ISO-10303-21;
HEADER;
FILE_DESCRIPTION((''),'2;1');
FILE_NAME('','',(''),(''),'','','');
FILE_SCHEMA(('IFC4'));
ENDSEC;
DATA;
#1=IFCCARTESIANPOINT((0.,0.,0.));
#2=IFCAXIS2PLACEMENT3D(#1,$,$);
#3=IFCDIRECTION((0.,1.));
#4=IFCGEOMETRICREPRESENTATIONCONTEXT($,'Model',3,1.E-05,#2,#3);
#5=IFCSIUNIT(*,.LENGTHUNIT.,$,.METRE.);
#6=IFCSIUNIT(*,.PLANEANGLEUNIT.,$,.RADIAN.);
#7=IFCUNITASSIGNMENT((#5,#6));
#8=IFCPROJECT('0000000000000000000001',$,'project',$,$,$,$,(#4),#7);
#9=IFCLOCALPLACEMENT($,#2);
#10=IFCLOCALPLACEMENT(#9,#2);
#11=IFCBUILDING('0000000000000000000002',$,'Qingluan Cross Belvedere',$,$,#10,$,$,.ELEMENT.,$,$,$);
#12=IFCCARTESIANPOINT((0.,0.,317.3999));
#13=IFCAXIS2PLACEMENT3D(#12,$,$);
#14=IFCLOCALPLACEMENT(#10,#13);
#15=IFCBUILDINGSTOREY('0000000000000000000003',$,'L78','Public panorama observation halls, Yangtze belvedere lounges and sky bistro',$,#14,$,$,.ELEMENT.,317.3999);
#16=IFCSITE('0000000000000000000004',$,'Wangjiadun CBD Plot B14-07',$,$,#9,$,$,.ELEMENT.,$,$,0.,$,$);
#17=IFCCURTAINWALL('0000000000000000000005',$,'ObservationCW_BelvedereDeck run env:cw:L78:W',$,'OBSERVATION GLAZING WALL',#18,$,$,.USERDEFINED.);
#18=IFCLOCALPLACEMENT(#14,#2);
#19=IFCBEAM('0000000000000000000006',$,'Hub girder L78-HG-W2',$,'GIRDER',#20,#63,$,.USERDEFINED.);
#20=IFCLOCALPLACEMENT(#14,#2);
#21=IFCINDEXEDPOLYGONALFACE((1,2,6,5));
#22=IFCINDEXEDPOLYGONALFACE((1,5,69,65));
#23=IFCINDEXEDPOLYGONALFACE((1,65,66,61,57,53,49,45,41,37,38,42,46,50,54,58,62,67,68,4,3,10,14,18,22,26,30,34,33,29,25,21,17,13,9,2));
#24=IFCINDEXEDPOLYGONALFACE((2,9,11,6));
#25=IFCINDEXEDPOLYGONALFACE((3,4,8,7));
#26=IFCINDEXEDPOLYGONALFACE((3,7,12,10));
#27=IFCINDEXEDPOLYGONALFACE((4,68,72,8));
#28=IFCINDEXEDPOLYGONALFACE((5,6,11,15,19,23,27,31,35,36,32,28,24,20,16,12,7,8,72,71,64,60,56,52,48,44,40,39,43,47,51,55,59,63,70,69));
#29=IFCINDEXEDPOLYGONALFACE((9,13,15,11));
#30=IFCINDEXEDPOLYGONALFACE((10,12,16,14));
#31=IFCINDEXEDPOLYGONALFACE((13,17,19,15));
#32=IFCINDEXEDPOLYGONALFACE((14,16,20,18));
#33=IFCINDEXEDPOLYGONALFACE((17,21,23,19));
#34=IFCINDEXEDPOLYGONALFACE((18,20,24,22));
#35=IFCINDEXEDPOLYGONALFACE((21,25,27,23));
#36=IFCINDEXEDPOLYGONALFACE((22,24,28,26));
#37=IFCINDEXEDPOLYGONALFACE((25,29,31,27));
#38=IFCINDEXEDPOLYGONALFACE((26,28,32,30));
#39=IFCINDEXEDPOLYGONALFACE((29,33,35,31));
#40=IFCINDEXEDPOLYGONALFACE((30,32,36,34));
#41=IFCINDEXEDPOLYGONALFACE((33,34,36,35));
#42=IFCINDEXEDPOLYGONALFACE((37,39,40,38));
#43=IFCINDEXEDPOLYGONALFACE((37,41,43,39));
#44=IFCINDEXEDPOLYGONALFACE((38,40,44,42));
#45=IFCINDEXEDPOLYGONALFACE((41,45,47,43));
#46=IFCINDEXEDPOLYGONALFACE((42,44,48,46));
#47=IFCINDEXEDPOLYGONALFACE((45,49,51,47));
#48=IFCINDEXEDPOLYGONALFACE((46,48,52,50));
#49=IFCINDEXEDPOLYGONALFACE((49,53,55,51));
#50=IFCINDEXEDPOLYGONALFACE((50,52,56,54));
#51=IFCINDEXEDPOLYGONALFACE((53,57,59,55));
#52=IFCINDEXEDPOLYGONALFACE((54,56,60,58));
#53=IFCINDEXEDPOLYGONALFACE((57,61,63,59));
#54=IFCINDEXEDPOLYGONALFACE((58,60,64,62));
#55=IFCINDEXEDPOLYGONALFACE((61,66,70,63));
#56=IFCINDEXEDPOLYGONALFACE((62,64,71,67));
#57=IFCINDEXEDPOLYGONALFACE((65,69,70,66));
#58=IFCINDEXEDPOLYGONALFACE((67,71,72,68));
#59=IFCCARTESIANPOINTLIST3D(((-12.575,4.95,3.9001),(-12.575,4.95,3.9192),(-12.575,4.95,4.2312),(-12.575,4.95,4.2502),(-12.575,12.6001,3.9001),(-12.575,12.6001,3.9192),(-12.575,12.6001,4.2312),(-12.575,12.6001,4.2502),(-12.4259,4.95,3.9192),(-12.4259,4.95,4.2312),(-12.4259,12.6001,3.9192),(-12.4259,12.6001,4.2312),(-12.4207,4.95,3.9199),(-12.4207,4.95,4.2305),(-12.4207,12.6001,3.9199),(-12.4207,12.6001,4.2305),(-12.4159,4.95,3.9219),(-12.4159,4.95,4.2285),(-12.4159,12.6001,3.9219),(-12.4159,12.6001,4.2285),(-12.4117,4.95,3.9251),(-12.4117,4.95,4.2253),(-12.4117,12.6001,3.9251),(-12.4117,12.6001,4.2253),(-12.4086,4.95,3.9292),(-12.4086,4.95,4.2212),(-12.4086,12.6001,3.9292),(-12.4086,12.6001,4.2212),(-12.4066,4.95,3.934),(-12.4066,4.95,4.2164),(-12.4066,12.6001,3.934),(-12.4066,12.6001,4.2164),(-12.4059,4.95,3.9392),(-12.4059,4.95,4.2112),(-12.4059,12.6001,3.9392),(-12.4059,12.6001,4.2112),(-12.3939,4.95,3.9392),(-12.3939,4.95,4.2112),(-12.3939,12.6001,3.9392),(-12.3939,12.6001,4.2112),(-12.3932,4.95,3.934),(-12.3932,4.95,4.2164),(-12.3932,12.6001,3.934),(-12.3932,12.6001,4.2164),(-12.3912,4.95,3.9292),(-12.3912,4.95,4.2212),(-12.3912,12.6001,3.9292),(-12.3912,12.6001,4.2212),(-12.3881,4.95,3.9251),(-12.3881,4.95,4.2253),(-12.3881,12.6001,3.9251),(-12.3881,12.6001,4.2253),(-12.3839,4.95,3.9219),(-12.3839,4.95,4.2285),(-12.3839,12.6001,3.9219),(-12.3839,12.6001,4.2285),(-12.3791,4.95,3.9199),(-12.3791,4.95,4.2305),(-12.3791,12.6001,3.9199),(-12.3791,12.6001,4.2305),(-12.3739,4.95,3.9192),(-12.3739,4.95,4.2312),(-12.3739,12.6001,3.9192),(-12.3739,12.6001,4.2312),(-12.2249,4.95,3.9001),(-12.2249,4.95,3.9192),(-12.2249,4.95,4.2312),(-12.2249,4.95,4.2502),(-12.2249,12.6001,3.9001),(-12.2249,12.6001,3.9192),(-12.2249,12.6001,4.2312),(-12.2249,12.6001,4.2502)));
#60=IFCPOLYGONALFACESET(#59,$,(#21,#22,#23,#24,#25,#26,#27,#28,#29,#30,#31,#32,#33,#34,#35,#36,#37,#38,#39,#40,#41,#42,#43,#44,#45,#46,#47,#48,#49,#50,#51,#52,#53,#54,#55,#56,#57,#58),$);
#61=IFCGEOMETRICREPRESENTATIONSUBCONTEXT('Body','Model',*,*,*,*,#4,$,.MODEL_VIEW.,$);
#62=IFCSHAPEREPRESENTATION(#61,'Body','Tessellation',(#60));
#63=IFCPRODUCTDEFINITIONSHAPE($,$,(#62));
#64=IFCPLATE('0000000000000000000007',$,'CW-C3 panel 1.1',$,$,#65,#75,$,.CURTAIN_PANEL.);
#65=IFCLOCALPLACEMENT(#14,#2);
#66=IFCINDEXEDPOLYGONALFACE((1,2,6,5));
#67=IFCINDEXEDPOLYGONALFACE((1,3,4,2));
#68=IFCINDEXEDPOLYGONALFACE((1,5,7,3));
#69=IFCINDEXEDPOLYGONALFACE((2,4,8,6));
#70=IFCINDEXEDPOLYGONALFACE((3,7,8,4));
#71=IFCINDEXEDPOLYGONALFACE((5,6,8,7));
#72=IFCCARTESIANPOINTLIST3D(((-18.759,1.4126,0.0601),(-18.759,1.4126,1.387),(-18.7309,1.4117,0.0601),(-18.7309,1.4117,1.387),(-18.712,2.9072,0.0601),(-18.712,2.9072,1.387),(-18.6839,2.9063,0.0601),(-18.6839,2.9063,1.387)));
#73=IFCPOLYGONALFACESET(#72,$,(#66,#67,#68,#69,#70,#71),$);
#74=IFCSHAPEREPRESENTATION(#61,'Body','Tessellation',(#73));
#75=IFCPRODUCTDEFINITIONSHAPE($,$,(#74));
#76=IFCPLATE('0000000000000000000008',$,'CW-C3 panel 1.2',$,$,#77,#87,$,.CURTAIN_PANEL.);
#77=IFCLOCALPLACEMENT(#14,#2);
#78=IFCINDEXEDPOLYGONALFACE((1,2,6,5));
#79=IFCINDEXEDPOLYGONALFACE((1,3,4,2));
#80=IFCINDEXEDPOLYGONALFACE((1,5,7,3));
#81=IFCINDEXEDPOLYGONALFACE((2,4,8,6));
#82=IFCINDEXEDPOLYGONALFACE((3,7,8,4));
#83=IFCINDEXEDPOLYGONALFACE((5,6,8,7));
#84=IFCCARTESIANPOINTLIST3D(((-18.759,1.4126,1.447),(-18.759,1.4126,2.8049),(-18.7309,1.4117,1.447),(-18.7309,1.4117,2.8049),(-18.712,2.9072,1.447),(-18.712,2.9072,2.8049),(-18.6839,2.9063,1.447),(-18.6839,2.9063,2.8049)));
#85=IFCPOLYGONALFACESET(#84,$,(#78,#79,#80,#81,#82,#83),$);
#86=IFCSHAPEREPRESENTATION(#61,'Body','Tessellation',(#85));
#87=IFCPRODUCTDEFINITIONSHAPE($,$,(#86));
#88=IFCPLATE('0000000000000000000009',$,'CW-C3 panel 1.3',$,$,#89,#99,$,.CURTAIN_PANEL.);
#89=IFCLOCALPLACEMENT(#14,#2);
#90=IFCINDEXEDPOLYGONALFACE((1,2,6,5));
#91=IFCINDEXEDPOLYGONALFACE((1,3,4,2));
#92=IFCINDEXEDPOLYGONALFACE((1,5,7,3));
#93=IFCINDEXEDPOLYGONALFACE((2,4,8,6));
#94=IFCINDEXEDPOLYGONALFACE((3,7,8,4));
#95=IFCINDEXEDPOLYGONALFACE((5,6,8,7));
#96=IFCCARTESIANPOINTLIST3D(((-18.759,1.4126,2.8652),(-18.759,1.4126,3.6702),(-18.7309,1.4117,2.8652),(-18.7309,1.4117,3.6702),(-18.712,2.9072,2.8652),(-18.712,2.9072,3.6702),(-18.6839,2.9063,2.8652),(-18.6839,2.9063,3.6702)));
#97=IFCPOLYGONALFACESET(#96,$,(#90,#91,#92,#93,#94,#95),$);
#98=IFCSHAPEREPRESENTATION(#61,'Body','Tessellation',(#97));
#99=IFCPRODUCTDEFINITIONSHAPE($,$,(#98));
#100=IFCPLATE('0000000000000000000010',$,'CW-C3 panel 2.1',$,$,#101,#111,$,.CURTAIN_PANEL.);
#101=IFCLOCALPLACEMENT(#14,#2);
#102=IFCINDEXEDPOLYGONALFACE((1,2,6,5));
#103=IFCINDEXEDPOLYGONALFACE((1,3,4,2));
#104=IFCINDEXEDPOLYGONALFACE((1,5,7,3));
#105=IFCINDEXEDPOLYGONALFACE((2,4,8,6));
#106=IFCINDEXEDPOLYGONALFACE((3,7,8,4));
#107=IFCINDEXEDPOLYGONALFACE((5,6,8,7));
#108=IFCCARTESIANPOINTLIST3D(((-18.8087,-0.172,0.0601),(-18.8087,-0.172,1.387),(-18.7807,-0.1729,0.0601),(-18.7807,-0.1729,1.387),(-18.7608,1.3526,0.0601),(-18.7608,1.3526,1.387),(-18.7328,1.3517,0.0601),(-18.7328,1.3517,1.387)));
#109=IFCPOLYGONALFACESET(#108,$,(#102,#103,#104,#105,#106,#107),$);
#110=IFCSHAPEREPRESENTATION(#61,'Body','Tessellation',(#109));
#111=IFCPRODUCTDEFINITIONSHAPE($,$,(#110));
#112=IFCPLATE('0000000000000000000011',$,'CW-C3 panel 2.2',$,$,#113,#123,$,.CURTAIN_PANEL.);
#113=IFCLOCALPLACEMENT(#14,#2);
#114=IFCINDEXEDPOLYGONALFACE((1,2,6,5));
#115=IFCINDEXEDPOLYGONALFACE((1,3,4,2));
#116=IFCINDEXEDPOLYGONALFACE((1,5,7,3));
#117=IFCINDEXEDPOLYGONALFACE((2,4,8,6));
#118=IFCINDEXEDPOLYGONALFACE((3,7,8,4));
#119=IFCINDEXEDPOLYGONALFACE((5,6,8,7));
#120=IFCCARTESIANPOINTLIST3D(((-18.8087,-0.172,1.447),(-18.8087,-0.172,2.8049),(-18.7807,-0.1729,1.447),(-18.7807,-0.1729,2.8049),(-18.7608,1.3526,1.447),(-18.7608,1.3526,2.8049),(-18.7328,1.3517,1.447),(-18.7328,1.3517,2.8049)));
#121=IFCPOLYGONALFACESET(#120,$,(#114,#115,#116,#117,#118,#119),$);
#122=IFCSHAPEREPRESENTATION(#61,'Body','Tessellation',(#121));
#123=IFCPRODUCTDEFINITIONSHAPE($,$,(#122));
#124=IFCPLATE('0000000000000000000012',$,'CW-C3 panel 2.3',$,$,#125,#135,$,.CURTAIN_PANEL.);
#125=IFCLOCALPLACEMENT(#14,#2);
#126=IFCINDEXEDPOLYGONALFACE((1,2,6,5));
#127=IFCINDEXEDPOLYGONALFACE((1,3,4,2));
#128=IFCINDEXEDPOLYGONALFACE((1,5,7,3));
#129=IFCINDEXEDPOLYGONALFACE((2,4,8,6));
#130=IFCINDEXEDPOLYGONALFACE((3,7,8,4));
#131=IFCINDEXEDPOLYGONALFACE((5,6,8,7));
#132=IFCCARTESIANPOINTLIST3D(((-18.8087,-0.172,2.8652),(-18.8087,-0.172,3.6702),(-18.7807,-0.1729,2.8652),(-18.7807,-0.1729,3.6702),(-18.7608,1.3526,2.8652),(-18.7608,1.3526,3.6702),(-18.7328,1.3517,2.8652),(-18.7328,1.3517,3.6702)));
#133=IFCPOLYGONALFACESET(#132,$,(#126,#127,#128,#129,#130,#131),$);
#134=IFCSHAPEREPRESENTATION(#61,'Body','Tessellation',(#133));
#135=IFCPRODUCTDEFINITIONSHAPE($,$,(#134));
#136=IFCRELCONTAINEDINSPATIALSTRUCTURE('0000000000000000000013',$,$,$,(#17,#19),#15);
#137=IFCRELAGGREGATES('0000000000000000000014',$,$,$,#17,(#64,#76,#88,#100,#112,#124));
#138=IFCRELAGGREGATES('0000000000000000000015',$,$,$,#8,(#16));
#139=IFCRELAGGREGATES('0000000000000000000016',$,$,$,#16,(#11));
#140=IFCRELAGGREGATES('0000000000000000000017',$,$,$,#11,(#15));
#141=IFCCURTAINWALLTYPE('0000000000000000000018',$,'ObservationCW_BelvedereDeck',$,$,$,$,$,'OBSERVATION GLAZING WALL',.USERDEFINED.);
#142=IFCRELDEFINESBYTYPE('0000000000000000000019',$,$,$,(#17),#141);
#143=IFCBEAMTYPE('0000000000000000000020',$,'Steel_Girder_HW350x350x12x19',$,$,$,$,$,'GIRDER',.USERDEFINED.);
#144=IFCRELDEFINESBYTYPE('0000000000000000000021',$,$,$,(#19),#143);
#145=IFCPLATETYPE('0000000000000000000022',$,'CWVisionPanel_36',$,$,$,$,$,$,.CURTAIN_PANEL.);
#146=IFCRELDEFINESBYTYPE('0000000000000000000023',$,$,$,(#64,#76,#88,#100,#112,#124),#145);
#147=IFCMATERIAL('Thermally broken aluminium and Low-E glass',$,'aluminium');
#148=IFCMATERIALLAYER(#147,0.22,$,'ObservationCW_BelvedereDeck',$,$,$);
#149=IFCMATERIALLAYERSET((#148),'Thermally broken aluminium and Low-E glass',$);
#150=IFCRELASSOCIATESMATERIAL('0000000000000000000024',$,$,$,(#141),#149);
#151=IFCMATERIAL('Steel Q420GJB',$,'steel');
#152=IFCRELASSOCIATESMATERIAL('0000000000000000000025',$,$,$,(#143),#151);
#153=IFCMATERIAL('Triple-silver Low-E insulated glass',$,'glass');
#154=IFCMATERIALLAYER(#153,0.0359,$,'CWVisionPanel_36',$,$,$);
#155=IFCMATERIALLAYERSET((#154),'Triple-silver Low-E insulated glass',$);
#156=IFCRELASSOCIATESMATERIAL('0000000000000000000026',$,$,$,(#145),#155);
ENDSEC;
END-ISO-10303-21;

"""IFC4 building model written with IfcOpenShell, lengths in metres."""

from ifc_helpers import new_model, si_unit, direction, frame, origin, origin_2d, place, context, subcontext, project, spatial, rectangle, i_section, extrude, material, layer, layer_set, material_profile, profile_set, type_object, element, aggregate, save


model = new_model("IFC4")

# Units and contexts
model_context = context("Model", 3, precision=1e-05, world=origin(), true_north=direction((0.0, 1.0)))
body_context = subcontext(model_context, "Body", "Model", "MODEL_VIEW")
ifc_project = project(units=[si_unit("LENGTHUNIT", "METRE"), si_unit("PLANEANGLEUNIT", "RADIAN")], contexts=[model_context])

# Site, building, storey
site_placement = place(None, origin())
site = spatial("IfcSite", under=ifc_project, at=site_placement, Name="Wangjiadun CBD Plot B14-07", CompositionType="ELEMENT", RefElevation=0.0)
building_placement = place(site_placement, origin())
building = spatial("IfcBuilding", under=site, at=building_placement, Name="Qingluan Cross Belvedere", CompositionType="ELEMENT")
storey_placement = place(building_placement, frame((0.0, 0.0, 317.3999)))
storey = spatial("IfcBuildingStorey", under=building, at=storey_placement, Name="L78", Description="Public panorama observation halls, Yangtze belvedere lounges and sky bistro", CompositionType="ELEMENT", Elevation=317.3999)

# Curtain wall
ifc_material_1 = material(Name="Thermally broken aluminium and Low-E glass", Category="aluminium")
ifc_layer_1 = layer(ifc_material_1, 0.22, Name="ObservationCW_BelvedereDeck")
ifc_layer_set_1 = layer_set([ifc_layer_1], Name="Thermally broken aluminium and Low-E glass")
curtain_wall_type = type_object("IfcCurtainWallType", Name="ObservationCW_BelvedereDeck", ElementType="OBSERVATION GLAZING WALL", PredefinedType="USERDEFINED", material=ifc_layer_set_1)
curtain_wall_placement = place(storey_placement, origin())
curtain_wall = element("IfcCurtainWall", 1, at=curtain_wall_placement, inside=storey, type_object=curtain_wall_type, Name="ObservationCW_BelvedereDeck run env:cw:L78:W", ObjectType="OBSERVATION GLAZING WALL", PredefinedType="USERDEFINED")

# Beam
ifc_material_2 = material(Name="Steel Q420GJB", Category="steel")
ifc_material_profile_1 = material_profile(ifc_material_2, i_section(OverallWidth=0.3501, OverallDepth=0.3501, WebThickness=0.012, FlangeThickness=0.019, FilletRadius=0.02, at=origin_2d()), Name="HW350x350x12x19")
ifc_profile_set_1 = profile_set([ifc_material_profile_1], Name="Steel Q420GJB")
beam_type_1 = type_object("IfcBeamType", Name="Steel_Girder_HW350x350x12x19", ElementType="GIRDER", PredefinedType="USERDEFINED", material=ifc_profile_set_1)
beam_1_placement = place(storey_placement, frame((-12.3999, 4.95, 4.0752), z_axis=(0.0, 1.0, 0.0), x_axis=(-1.0, 0.0, 0.0)))
element("IfcBeam", 2, at=beam_1_placement, inside=storey, type_object=beam_type_1, Name="Hub girder L78-HG-W2", ObjectType="GIRDER", PredefinedType="USERDEFINED", context=body_context, shape_type="SweptSolid", body=[
    extrude(i_section(OverallWidth=0.3501, OverallDepth=0.3501, WebThickness=0.012, FlangeThickness=0.019, FilletRadius=0.02, at=origin_2d()), origin(), (0.0, 0.0, 1.0), 7.6501),
])

# Plates
ifc_material_3 = material(Name="Triple-silver Low-E insulated glass", Category="glass")
ifc_layer_2 = layer(ifc_material_3, 0.0359, Name="CWVisionPanel_36")
ifc_layer_set_2 = layer_set([ifc_layer_2], Name="Triple-silver Low-E insulated glass")
plate_type = type_object("IfcPlateType", Name="CWVisionPanel_36", PredefinedType="CURTAIN_PANEL", material=ifc_layer_set_2)
plate_1_placement = place(storey_placement, frame((-18.7214, 2.1594, 0.0601), z_axis=(0.0, 0.0, 1.0), x_axis=(-0.031413, -0.999506, 0.0)))
plate_1 = element("IfcPlate", 3, at=plate_1_placement, type_object=plate_type, Name="CW-C3 panel 1.1", PredefinedType="CURTAIN_PANEL", context=body_context, shape_type="SweptSolid", body=[
    extrude(rectangle(XDim=1.4954, YDim=0.0281, at=origin_2d()), origin(), (0.0, 0.0, 1.0), 1.3269),
])
plate_2_placement = place(storey_placement, frame((-18.7214, 2.1594, 1.447), z_axis=(0.0, 0.0, 1.0), x_axis=(-0.031413, -0.999506, 0.0)))
plate_2 = element("IfcPlate", 4, at=plate_2_placement, type_object=plate_type, Name="CW-C3 panel 1.2", PredefinedType="CURTAIN_PANEL", context=body_context, shape_type="SweptSolid", body=[
    extrude(rectangle(XDim=1.4954, YDim=0.0281, at=origin_2d()), origin(), (0.0, 0.0, 1.0), 1.3579),
])
plate_3_placement = place(storey_placement, frame((-18.7214, 2.1594, 2.8652), z_axis=(0.0, 0.0, 1.0), x_axis=(-0.031413, -0.999506, 0.0)))
plate_3 = element("IfcPlate", 5, at=plate_3_placement, type_object=plate_type, Name="CW-C3 panel 1.3", PredefinedType="CURTAIN_PANEL", context=body_context, shape_type="SweptSolid", body=[
    extrude(rectangle(XDim=1.4954, YDim=0.0281, at=origin_2d()), origin(), (0.0, 0.0, 1.0), 0.8049),
])
plate_4_placement = place(storey_placement, frame((-18.7708, 0.5898, 0.0601), z_axis=(0.0, 0.0, 1.0), x_axis=(-0.031413, -0.999506, 0.0)))
plate_4 = element("IfcPlate", 6, at=plate_4_placement, type_object=plate_type, Name="CW-C3 panel 2.1", PredefinedType="CURTAIN_PANEL", context=body_context, shape_type="SweptSolid", body=[
    extrude(rectangle(XDim=1.5254, YDim=0.0281, at=origin_2d()), origin(), (0.0, 0.0, 1.0), 1.3269),
])
plate_5_placement = place(storey_placement, frame((-18.7708, 0.5898, 1.447), z_axis=(0.0, 0.0, 1.0), x_axis=(-0.031413, -0.999506, 0.0)))
plate_5 = element("IfcPlate", 7, at=plate_5_placement, type_object=plate_type, Name="CW-C3 panel 2.2", PredefinedType="CURTAIN_PANEL", context=body_context, shape_type="SweptSolid", body=[
    extrude(rectangle(XDim=1.5254, YDim=0.0281, at=origin_2d()), origin(), (0.0, 0.0, 1.0), 1.3579),
])
plate_6_placement = place(storey_placement, frame((-18.7708, 0.5898, 2.8652), z_axis=(0.0, 0.0, 1.0), x_axis=(-0.031413, -0.999506, 0.0)))
plate_6 = element("IfcPlate", 8, at=plate_6_placement, type_object=plate_type, Name="CW-C3 panel 2.3", PredefinedType="CURTAIN_PANEL", context=body_context, shape_type="SweptSolid", body=[
    extrude(rectangle(XDim=1.5254, YDim=0.0281, at=origin_2d()), origin(), (0.0, 0.0, 1.0), 0.8049),
])
aggregate(curtain_wall, [plate_1, plate_2, plate_3, plate_4, plate_5, plate_6])

save(model, "model.ifc")
